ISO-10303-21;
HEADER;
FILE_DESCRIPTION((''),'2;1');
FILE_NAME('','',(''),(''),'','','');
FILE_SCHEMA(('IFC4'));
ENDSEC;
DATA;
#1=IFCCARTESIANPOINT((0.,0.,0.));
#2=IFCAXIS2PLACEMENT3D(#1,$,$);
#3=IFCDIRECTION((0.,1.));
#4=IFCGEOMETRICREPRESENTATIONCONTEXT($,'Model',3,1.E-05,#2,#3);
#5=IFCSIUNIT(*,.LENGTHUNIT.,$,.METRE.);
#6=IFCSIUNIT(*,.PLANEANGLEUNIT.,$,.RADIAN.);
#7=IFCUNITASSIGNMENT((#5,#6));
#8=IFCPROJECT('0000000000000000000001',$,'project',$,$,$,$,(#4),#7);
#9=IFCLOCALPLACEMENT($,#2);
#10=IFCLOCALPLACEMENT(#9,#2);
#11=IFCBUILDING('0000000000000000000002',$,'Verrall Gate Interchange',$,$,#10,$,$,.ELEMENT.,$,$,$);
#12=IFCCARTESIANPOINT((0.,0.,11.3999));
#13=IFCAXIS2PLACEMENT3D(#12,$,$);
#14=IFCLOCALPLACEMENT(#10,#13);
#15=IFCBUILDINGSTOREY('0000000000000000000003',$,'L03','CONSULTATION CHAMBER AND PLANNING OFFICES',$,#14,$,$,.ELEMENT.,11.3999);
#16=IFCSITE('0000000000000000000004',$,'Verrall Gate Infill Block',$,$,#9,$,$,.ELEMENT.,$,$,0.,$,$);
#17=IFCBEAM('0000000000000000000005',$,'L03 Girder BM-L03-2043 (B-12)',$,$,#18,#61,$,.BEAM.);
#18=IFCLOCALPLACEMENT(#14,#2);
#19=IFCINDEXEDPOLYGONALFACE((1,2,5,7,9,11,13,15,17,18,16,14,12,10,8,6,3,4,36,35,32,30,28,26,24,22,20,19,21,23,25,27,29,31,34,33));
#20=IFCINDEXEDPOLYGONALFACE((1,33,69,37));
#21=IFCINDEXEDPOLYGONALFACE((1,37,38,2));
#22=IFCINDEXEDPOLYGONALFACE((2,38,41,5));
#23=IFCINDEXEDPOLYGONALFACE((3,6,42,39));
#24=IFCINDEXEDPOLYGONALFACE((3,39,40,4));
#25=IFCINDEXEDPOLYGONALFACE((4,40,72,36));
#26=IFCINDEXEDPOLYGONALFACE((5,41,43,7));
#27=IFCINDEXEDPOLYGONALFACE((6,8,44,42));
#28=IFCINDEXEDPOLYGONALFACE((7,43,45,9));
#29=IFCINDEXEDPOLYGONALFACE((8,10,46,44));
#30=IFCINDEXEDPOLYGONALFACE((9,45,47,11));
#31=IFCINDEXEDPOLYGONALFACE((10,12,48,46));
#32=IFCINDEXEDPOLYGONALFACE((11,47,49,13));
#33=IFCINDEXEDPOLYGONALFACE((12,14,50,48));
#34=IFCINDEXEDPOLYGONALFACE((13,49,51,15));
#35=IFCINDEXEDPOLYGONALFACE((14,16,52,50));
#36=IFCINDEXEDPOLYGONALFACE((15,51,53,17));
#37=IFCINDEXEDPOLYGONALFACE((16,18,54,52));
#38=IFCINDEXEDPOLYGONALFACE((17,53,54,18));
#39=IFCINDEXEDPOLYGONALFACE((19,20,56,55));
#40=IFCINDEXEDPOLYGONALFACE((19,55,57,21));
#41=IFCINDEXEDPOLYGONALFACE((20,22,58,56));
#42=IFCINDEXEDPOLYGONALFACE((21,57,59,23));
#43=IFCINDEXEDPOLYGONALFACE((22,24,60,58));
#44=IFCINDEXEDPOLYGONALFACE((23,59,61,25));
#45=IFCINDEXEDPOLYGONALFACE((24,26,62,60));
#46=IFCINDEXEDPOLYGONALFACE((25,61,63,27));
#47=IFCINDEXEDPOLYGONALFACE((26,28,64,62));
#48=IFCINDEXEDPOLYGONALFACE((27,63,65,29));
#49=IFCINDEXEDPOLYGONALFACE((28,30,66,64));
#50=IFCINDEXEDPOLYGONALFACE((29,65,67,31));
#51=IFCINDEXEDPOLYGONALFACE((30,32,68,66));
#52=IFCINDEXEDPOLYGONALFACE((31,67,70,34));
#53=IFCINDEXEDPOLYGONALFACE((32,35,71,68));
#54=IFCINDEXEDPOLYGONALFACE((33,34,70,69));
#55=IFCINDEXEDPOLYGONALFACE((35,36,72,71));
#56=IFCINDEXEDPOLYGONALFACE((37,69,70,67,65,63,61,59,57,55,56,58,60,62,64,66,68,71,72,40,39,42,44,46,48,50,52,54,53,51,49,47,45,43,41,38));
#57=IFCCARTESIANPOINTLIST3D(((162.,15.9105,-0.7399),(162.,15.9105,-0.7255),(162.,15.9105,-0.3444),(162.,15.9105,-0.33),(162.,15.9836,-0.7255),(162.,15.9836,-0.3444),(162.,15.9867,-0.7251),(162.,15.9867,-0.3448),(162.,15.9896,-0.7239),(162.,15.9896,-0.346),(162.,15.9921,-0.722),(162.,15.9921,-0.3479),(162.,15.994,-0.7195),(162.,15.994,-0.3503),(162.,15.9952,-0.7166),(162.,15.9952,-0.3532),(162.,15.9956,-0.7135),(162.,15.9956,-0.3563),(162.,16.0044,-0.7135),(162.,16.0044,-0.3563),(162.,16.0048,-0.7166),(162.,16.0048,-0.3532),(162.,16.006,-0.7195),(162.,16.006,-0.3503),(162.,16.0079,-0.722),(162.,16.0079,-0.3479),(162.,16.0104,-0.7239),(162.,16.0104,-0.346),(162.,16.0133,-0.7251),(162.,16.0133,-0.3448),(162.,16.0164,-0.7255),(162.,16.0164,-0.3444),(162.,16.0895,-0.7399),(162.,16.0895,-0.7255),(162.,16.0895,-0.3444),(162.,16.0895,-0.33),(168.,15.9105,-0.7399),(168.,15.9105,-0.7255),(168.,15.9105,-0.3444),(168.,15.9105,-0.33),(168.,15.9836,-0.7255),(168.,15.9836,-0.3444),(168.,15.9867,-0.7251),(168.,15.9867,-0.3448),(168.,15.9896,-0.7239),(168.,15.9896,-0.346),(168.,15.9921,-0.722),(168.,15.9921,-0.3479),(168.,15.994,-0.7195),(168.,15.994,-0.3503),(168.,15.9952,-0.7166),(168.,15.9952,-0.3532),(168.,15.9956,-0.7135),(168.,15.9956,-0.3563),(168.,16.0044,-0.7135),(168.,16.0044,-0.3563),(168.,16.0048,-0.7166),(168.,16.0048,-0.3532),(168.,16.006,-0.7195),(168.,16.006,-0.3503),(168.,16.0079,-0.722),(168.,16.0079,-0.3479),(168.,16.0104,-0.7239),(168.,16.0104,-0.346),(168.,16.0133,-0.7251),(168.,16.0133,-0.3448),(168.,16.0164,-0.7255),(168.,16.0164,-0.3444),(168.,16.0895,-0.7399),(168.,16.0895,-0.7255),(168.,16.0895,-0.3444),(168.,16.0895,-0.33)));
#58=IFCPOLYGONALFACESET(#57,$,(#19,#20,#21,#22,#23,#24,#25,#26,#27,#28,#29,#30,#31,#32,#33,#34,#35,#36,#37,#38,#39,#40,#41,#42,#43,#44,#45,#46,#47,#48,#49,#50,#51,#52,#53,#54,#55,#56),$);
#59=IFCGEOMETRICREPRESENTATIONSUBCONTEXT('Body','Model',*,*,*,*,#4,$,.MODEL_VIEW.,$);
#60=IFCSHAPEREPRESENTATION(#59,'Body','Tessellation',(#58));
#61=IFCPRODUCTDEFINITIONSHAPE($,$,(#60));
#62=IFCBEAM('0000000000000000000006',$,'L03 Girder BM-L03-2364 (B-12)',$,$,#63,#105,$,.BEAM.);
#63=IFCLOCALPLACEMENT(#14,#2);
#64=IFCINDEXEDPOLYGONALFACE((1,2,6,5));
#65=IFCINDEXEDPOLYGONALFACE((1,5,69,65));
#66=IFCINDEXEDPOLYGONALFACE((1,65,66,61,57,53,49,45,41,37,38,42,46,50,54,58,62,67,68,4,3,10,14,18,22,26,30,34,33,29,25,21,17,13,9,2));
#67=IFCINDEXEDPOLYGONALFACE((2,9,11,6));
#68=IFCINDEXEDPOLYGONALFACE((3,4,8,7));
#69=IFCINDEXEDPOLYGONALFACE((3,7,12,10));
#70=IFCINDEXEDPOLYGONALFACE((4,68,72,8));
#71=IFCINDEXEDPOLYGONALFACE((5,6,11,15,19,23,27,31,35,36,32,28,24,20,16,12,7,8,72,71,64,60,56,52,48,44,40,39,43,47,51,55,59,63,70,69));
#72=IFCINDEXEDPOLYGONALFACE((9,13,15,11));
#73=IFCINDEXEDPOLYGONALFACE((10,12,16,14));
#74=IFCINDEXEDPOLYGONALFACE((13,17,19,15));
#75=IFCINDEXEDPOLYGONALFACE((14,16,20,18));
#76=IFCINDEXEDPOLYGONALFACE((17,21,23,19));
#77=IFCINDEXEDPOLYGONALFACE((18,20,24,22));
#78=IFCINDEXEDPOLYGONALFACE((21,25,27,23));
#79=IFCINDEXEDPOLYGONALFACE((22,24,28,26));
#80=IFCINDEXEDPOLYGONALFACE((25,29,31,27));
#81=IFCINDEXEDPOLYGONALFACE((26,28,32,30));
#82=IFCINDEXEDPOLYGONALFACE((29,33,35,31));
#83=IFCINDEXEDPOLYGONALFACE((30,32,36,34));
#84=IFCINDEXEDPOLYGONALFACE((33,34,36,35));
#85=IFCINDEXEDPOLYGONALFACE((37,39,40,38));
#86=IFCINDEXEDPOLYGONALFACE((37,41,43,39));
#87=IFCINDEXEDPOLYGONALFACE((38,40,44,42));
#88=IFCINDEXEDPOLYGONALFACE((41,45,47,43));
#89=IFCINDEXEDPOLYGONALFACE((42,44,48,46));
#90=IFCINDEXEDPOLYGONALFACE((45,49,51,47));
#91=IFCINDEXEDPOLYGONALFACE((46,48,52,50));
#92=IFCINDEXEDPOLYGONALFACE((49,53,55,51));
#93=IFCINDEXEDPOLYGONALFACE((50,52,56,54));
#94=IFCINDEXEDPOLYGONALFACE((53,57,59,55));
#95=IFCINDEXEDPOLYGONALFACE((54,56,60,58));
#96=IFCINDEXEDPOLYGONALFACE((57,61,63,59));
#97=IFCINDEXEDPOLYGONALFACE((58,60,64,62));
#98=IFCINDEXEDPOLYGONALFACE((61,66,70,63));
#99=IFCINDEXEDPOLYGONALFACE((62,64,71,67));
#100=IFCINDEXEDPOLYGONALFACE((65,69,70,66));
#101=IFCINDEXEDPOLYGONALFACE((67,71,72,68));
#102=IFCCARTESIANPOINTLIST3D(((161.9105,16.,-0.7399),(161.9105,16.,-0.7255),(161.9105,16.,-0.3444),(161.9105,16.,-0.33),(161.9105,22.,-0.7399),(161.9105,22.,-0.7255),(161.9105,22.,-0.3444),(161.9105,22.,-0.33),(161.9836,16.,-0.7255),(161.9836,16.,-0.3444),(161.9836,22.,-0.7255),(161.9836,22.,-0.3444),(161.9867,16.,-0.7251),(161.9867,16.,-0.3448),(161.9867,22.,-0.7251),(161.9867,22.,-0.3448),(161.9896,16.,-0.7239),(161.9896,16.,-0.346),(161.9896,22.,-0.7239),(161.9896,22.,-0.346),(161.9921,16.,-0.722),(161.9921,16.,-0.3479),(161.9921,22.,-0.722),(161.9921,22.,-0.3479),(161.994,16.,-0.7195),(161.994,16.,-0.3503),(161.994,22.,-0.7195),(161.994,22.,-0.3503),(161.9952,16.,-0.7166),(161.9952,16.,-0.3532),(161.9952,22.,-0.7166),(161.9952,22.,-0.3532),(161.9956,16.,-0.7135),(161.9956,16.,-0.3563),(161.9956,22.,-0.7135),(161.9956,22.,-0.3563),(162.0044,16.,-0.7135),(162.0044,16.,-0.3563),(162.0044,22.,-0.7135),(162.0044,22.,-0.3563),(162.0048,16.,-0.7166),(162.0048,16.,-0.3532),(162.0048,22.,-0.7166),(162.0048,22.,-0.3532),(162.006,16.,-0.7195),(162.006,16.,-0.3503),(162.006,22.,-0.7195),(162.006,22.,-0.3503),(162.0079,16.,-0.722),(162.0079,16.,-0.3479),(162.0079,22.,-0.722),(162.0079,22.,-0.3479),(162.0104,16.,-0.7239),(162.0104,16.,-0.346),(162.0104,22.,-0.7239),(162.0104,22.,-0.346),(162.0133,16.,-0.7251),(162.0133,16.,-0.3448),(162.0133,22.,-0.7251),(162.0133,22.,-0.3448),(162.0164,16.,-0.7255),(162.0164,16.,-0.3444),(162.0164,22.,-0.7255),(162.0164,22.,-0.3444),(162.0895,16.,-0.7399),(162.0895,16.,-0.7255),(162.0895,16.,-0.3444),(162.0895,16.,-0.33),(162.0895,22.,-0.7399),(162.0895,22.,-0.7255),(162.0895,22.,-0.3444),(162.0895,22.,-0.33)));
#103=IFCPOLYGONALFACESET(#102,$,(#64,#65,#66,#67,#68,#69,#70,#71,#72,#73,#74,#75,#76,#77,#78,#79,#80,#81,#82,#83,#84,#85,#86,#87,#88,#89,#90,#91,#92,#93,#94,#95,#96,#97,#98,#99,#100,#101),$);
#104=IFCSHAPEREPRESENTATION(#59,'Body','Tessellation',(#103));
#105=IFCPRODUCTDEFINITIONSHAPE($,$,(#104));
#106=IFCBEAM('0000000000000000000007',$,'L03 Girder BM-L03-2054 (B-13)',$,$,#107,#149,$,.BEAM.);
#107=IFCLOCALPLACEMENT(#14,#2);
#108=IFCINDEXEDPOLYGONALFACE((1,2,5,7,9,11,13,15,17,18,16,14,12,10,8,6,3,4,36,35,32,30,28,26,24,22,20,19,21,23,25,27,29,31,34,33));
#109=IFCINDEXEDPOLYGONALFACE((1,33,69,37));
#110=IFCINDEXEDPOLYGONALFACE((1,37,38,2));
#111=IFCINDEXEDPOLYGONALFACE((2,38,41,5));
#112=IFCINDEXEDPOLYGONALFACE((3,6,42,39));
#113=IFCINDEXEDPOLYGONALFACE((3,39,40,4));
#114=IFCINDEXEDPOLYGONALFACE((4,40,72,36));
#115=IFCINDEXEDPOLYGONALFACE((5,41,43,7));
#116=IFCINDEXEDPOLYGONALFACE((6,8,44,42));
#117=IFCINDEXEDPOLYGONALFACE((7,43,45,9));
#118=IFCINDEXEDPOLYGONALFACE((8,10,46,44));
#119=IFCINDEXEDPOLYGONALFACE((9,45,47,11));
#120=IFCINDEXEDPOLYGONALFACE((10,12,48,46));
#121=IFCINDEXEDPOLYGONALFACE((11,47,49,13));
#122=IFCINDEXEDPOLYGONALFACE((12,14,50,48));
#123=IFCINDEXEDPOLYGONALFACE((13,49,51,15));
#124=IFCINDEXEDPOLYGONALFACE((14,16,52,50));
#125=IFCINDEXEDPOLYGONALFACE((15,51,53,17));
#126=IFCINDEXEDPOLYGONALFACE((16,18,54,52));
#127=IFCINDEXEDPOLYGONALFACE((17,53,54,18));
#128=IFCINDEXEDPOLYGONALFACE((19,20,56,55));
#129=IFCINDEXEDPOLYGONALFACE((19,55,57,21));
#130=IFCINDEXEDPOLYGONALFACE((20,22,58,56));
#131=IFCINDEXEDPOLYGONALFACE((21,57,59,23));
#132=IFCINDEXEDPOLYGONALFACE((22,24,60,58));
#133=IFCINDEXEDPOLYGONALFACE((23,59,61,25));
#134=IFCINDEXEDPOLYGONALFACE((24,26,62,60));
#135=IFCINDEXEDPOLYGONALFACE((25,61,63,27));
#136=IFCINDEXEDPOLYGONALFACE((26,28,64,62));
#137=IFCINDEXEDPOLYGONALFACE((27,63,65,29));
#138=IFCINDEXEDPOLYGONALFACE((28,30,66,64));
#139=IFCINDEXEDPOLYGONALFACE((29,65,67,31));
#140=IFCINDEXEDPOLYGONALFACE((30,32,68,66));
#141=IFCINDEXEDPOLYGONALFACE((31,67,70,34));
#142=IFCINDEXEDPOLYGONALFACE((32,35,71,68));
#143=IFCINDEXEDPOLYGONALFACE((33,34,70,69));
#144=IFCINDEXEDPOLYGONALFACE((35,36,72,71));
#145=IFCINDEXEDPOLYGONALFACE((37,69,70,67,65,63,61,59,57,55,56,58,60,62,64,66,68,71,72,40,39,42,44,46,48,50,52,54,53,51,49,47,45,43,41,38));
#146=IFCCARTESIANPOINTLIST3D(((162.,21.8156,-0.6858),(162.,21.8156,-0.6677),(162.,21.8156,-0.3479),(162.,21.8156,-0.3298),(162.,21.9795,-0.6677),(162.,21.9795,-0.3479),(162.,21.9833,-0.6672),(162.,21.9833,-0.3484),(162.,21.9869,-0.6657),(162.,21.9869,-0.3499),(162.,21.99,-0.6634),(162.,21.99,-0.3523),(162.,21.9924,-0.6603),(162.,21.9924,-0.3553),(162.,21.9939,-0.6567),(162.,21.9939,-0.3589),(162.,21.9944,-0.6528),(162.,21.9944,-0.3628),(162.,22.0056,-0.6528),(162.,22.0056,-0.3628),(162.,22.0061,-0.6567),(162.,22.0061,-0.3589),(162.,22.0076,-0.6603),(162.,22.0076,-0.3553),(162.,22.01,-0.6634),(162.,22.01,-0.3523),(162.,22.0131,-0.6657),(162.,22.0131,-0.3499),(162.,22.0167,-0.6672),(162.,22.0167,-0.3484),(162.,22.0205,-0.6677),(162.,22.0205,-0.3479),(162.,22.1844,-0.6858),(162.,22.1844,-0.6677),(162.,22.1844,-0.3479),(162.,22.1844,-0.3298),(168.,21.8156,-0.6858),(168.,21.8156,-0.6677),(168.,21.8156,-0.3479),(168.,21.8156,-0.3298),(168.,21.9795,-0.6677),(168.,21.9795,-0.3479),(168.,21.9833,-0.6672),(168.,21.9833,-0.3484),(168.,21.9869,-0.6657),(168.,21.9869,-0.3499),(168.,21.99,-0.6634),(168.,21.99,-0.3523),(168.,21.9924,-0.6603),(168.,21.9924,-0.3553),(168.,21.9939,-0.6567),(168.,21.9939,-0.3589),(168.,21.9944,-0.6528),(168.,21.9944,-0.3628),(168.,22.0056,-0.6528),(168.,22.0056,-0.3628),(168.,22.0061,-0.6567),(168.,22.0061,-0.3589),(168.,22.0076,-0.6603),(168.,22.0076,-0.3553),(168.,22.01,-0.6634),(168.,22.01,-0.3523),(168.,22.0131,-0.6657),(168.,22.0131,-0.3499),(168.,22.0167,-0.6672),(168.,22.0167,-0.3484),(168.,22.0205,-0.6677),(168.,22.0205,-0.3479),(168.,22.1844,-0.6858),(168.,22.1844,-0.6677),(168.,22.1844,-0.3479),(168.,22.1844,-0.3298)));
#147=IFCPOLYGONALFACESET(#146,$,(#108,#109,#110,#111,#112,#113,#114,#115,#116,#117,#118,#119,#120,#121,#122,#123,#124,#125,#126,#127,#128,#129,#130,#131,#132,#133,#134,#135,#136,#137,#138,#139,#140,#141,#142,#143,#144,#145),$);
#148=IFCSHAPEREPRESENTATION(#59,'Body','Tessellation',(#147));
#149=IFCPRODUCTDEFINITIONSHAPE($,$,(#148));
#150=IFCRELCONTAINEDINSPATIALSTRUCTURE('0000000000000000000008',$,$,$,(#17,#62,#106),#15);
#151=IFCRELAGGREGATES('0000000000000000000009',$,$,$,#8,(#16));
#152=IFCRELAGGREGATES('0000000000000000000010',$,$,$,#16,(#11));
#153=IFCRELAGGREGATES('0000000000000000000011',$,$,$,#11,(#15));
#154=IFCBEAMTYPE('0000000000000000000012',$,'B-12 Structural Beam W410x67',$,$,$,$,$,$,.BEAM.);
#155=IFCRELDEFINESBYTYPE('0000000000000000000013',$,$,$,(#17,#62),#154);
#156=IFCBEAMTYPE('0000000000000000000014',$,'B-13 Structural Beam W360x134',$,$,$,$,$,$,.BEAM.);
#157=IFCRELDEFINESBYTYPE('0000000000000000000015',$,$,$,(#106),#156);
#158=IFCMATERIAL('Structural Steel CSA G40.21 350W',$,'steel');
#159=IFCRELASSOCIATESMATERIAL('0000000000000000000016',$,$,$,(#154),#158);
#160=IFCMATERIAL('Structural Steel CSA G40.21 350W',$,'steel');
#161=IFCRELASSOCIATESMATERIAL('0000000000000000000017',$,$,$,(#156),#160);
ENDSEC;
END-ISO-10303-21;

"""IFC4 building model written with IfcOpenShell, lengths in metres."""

from ifc_helpers import new_model, si_unit, direction, frame, origin, origin_2d, place, context, subcontext, project, spatial, i_section, extrude, material, material_profile, profile_set, type_object, element, save


model = new_model("IFC4")

# Units and contexts
model_context = context("Model", 3, precision=1e-05, world=origin(), true_north=direction((0.0, 1.0)))
body_context = subcontext(model_context, "Body", "Model", "MODEL_VIEW")
ifc_project = project(units=[si_unit("LENGTHUNIT", "METRE"), si_unit("PLANEANGLEUNIT", "RADIAN")], contexts=[model_context])

# Site, building, storey
site_placement = place(None, origin())
site = spatial("IfcSite", under=ifc_project, at=site_placement, Name="Verrall Gate Infill Block", CompositionType="ELEMENT", RefElevation=0.0)
building_placement = place(site_placement, origin())
building = spatial("IfcBuilding", under=site, at=building_placement, Name="Verrall Gate Interchange", CompositionType="ELEMENT")
storey_placement = place(building_placement, frame((0.0, 0.0, 11.3999)))
storey = spatial("IfcBuildingStorey", under=building, at=storey_placement, Name="L03", Description="CONSULTATION CHAMBER AND PLANNING OFFICES", CompositionType="ELEMENT", Elevation=11.3999)

# Beams
ifc_material_1 = material(Name="Structural Steel CSA G40.21 350W", Category="steel")
ifc_material_profile_1 = material_profile(ifc_material_1, i_section(OverallWidth=0.179, OverallDepth=0.4099, WebThickness=0.0088, FlangeThickness=0.0144, FilletRadius=0.012, at=origin_2d()), Name="W410x67")
ifc_profile_set_1 = profile_set([ifc_material_profile_1], Name="Structural Steel CSA G40.21 350W")
beam_type_1 = type_object("IfcBeamType", Name="B-12 Structural Beam W410x67", PredefinedType="BEAM", material=ifc_profile_set_1)
for number, where, z_axis, x_axis, name in (
    (1, (162.0, 16.0, -0.5349), (1.0, 0.0, 0.0), (0.0, 1.0, 0.0), "L03 Girder BM-L03-2043 (B-12)"),
    (2, (162.0, 16.0, -0.5349), (0.0, 1.0, 0.0), (-1.0, 0.0, 0.0), "L03 Girder BM-L03-2364 (B-12)"),
):
    element("IfcBeam", number, at=place(storey_placement, frame(where, z_axis=z_axis, x_axis=x_axis)), inside=storey, type_object=beam_type_1, Name=name, PredefinedType="BEAM", context=body_context, shape_type="SweptSolid", body=[
        extrude(i_section(OverallWidth=0.179, OverallDepth=0.4099, WebThickness=0.0088, FlangeThickness=0.0144, FilletRadius=0.012, at=origin_2d()), origin(), (0.0, 0.0, 1.0), 6.0),
    ])
ifc_material_2 = material(Name="Structural Steel CSA G40.21 350W", Category="steel")
ifc_material_profile_2 = material_profile(ifc_material_2, i_section(OverallWidth=0.3689, OverallDepth=0.356, WebThickness=0.0112, FlangeThickness=0.0181, FilletRadius=0.0149, at=origin_2d()), Name="W360x134")
ifc_profile_set_2 = profile_set([ifc_material_profile_2], Name="Structural Steel CSA G40.21 350W")
beam_type_2 = type_object("IfcBeamType", Name="B-13 Structural Beam W360x134", PredefinedType="BEAM", material=ifc_profile_set_2)
beam_1_placement = place(storey_placement, frame((162.0, 22.0, -0.5078), z_axis=(1.0, 0.0, 0.0), x_axis=(0.0, 1.0, 0.0)))
element("IfcBeam", 3, at=beam_1_placement, inside=storey, type_object=beam_type_2, Name="L03 Girder BM-L03-2054 (B-13)", PredefinedType="BEAM", context=body_context, shape_type="SweptSolid", body=[
    extrude(i_section(OverallWidth=0.3689, OverallDepth=0.356, WebThickness=0.0112, FlangeThickness=0.0181, FilletRadius=0.0149, at=origin_2d()), origin(), (0.0, 0.0, 1.0), 6.0),
])

save(model, "model.ifc")
